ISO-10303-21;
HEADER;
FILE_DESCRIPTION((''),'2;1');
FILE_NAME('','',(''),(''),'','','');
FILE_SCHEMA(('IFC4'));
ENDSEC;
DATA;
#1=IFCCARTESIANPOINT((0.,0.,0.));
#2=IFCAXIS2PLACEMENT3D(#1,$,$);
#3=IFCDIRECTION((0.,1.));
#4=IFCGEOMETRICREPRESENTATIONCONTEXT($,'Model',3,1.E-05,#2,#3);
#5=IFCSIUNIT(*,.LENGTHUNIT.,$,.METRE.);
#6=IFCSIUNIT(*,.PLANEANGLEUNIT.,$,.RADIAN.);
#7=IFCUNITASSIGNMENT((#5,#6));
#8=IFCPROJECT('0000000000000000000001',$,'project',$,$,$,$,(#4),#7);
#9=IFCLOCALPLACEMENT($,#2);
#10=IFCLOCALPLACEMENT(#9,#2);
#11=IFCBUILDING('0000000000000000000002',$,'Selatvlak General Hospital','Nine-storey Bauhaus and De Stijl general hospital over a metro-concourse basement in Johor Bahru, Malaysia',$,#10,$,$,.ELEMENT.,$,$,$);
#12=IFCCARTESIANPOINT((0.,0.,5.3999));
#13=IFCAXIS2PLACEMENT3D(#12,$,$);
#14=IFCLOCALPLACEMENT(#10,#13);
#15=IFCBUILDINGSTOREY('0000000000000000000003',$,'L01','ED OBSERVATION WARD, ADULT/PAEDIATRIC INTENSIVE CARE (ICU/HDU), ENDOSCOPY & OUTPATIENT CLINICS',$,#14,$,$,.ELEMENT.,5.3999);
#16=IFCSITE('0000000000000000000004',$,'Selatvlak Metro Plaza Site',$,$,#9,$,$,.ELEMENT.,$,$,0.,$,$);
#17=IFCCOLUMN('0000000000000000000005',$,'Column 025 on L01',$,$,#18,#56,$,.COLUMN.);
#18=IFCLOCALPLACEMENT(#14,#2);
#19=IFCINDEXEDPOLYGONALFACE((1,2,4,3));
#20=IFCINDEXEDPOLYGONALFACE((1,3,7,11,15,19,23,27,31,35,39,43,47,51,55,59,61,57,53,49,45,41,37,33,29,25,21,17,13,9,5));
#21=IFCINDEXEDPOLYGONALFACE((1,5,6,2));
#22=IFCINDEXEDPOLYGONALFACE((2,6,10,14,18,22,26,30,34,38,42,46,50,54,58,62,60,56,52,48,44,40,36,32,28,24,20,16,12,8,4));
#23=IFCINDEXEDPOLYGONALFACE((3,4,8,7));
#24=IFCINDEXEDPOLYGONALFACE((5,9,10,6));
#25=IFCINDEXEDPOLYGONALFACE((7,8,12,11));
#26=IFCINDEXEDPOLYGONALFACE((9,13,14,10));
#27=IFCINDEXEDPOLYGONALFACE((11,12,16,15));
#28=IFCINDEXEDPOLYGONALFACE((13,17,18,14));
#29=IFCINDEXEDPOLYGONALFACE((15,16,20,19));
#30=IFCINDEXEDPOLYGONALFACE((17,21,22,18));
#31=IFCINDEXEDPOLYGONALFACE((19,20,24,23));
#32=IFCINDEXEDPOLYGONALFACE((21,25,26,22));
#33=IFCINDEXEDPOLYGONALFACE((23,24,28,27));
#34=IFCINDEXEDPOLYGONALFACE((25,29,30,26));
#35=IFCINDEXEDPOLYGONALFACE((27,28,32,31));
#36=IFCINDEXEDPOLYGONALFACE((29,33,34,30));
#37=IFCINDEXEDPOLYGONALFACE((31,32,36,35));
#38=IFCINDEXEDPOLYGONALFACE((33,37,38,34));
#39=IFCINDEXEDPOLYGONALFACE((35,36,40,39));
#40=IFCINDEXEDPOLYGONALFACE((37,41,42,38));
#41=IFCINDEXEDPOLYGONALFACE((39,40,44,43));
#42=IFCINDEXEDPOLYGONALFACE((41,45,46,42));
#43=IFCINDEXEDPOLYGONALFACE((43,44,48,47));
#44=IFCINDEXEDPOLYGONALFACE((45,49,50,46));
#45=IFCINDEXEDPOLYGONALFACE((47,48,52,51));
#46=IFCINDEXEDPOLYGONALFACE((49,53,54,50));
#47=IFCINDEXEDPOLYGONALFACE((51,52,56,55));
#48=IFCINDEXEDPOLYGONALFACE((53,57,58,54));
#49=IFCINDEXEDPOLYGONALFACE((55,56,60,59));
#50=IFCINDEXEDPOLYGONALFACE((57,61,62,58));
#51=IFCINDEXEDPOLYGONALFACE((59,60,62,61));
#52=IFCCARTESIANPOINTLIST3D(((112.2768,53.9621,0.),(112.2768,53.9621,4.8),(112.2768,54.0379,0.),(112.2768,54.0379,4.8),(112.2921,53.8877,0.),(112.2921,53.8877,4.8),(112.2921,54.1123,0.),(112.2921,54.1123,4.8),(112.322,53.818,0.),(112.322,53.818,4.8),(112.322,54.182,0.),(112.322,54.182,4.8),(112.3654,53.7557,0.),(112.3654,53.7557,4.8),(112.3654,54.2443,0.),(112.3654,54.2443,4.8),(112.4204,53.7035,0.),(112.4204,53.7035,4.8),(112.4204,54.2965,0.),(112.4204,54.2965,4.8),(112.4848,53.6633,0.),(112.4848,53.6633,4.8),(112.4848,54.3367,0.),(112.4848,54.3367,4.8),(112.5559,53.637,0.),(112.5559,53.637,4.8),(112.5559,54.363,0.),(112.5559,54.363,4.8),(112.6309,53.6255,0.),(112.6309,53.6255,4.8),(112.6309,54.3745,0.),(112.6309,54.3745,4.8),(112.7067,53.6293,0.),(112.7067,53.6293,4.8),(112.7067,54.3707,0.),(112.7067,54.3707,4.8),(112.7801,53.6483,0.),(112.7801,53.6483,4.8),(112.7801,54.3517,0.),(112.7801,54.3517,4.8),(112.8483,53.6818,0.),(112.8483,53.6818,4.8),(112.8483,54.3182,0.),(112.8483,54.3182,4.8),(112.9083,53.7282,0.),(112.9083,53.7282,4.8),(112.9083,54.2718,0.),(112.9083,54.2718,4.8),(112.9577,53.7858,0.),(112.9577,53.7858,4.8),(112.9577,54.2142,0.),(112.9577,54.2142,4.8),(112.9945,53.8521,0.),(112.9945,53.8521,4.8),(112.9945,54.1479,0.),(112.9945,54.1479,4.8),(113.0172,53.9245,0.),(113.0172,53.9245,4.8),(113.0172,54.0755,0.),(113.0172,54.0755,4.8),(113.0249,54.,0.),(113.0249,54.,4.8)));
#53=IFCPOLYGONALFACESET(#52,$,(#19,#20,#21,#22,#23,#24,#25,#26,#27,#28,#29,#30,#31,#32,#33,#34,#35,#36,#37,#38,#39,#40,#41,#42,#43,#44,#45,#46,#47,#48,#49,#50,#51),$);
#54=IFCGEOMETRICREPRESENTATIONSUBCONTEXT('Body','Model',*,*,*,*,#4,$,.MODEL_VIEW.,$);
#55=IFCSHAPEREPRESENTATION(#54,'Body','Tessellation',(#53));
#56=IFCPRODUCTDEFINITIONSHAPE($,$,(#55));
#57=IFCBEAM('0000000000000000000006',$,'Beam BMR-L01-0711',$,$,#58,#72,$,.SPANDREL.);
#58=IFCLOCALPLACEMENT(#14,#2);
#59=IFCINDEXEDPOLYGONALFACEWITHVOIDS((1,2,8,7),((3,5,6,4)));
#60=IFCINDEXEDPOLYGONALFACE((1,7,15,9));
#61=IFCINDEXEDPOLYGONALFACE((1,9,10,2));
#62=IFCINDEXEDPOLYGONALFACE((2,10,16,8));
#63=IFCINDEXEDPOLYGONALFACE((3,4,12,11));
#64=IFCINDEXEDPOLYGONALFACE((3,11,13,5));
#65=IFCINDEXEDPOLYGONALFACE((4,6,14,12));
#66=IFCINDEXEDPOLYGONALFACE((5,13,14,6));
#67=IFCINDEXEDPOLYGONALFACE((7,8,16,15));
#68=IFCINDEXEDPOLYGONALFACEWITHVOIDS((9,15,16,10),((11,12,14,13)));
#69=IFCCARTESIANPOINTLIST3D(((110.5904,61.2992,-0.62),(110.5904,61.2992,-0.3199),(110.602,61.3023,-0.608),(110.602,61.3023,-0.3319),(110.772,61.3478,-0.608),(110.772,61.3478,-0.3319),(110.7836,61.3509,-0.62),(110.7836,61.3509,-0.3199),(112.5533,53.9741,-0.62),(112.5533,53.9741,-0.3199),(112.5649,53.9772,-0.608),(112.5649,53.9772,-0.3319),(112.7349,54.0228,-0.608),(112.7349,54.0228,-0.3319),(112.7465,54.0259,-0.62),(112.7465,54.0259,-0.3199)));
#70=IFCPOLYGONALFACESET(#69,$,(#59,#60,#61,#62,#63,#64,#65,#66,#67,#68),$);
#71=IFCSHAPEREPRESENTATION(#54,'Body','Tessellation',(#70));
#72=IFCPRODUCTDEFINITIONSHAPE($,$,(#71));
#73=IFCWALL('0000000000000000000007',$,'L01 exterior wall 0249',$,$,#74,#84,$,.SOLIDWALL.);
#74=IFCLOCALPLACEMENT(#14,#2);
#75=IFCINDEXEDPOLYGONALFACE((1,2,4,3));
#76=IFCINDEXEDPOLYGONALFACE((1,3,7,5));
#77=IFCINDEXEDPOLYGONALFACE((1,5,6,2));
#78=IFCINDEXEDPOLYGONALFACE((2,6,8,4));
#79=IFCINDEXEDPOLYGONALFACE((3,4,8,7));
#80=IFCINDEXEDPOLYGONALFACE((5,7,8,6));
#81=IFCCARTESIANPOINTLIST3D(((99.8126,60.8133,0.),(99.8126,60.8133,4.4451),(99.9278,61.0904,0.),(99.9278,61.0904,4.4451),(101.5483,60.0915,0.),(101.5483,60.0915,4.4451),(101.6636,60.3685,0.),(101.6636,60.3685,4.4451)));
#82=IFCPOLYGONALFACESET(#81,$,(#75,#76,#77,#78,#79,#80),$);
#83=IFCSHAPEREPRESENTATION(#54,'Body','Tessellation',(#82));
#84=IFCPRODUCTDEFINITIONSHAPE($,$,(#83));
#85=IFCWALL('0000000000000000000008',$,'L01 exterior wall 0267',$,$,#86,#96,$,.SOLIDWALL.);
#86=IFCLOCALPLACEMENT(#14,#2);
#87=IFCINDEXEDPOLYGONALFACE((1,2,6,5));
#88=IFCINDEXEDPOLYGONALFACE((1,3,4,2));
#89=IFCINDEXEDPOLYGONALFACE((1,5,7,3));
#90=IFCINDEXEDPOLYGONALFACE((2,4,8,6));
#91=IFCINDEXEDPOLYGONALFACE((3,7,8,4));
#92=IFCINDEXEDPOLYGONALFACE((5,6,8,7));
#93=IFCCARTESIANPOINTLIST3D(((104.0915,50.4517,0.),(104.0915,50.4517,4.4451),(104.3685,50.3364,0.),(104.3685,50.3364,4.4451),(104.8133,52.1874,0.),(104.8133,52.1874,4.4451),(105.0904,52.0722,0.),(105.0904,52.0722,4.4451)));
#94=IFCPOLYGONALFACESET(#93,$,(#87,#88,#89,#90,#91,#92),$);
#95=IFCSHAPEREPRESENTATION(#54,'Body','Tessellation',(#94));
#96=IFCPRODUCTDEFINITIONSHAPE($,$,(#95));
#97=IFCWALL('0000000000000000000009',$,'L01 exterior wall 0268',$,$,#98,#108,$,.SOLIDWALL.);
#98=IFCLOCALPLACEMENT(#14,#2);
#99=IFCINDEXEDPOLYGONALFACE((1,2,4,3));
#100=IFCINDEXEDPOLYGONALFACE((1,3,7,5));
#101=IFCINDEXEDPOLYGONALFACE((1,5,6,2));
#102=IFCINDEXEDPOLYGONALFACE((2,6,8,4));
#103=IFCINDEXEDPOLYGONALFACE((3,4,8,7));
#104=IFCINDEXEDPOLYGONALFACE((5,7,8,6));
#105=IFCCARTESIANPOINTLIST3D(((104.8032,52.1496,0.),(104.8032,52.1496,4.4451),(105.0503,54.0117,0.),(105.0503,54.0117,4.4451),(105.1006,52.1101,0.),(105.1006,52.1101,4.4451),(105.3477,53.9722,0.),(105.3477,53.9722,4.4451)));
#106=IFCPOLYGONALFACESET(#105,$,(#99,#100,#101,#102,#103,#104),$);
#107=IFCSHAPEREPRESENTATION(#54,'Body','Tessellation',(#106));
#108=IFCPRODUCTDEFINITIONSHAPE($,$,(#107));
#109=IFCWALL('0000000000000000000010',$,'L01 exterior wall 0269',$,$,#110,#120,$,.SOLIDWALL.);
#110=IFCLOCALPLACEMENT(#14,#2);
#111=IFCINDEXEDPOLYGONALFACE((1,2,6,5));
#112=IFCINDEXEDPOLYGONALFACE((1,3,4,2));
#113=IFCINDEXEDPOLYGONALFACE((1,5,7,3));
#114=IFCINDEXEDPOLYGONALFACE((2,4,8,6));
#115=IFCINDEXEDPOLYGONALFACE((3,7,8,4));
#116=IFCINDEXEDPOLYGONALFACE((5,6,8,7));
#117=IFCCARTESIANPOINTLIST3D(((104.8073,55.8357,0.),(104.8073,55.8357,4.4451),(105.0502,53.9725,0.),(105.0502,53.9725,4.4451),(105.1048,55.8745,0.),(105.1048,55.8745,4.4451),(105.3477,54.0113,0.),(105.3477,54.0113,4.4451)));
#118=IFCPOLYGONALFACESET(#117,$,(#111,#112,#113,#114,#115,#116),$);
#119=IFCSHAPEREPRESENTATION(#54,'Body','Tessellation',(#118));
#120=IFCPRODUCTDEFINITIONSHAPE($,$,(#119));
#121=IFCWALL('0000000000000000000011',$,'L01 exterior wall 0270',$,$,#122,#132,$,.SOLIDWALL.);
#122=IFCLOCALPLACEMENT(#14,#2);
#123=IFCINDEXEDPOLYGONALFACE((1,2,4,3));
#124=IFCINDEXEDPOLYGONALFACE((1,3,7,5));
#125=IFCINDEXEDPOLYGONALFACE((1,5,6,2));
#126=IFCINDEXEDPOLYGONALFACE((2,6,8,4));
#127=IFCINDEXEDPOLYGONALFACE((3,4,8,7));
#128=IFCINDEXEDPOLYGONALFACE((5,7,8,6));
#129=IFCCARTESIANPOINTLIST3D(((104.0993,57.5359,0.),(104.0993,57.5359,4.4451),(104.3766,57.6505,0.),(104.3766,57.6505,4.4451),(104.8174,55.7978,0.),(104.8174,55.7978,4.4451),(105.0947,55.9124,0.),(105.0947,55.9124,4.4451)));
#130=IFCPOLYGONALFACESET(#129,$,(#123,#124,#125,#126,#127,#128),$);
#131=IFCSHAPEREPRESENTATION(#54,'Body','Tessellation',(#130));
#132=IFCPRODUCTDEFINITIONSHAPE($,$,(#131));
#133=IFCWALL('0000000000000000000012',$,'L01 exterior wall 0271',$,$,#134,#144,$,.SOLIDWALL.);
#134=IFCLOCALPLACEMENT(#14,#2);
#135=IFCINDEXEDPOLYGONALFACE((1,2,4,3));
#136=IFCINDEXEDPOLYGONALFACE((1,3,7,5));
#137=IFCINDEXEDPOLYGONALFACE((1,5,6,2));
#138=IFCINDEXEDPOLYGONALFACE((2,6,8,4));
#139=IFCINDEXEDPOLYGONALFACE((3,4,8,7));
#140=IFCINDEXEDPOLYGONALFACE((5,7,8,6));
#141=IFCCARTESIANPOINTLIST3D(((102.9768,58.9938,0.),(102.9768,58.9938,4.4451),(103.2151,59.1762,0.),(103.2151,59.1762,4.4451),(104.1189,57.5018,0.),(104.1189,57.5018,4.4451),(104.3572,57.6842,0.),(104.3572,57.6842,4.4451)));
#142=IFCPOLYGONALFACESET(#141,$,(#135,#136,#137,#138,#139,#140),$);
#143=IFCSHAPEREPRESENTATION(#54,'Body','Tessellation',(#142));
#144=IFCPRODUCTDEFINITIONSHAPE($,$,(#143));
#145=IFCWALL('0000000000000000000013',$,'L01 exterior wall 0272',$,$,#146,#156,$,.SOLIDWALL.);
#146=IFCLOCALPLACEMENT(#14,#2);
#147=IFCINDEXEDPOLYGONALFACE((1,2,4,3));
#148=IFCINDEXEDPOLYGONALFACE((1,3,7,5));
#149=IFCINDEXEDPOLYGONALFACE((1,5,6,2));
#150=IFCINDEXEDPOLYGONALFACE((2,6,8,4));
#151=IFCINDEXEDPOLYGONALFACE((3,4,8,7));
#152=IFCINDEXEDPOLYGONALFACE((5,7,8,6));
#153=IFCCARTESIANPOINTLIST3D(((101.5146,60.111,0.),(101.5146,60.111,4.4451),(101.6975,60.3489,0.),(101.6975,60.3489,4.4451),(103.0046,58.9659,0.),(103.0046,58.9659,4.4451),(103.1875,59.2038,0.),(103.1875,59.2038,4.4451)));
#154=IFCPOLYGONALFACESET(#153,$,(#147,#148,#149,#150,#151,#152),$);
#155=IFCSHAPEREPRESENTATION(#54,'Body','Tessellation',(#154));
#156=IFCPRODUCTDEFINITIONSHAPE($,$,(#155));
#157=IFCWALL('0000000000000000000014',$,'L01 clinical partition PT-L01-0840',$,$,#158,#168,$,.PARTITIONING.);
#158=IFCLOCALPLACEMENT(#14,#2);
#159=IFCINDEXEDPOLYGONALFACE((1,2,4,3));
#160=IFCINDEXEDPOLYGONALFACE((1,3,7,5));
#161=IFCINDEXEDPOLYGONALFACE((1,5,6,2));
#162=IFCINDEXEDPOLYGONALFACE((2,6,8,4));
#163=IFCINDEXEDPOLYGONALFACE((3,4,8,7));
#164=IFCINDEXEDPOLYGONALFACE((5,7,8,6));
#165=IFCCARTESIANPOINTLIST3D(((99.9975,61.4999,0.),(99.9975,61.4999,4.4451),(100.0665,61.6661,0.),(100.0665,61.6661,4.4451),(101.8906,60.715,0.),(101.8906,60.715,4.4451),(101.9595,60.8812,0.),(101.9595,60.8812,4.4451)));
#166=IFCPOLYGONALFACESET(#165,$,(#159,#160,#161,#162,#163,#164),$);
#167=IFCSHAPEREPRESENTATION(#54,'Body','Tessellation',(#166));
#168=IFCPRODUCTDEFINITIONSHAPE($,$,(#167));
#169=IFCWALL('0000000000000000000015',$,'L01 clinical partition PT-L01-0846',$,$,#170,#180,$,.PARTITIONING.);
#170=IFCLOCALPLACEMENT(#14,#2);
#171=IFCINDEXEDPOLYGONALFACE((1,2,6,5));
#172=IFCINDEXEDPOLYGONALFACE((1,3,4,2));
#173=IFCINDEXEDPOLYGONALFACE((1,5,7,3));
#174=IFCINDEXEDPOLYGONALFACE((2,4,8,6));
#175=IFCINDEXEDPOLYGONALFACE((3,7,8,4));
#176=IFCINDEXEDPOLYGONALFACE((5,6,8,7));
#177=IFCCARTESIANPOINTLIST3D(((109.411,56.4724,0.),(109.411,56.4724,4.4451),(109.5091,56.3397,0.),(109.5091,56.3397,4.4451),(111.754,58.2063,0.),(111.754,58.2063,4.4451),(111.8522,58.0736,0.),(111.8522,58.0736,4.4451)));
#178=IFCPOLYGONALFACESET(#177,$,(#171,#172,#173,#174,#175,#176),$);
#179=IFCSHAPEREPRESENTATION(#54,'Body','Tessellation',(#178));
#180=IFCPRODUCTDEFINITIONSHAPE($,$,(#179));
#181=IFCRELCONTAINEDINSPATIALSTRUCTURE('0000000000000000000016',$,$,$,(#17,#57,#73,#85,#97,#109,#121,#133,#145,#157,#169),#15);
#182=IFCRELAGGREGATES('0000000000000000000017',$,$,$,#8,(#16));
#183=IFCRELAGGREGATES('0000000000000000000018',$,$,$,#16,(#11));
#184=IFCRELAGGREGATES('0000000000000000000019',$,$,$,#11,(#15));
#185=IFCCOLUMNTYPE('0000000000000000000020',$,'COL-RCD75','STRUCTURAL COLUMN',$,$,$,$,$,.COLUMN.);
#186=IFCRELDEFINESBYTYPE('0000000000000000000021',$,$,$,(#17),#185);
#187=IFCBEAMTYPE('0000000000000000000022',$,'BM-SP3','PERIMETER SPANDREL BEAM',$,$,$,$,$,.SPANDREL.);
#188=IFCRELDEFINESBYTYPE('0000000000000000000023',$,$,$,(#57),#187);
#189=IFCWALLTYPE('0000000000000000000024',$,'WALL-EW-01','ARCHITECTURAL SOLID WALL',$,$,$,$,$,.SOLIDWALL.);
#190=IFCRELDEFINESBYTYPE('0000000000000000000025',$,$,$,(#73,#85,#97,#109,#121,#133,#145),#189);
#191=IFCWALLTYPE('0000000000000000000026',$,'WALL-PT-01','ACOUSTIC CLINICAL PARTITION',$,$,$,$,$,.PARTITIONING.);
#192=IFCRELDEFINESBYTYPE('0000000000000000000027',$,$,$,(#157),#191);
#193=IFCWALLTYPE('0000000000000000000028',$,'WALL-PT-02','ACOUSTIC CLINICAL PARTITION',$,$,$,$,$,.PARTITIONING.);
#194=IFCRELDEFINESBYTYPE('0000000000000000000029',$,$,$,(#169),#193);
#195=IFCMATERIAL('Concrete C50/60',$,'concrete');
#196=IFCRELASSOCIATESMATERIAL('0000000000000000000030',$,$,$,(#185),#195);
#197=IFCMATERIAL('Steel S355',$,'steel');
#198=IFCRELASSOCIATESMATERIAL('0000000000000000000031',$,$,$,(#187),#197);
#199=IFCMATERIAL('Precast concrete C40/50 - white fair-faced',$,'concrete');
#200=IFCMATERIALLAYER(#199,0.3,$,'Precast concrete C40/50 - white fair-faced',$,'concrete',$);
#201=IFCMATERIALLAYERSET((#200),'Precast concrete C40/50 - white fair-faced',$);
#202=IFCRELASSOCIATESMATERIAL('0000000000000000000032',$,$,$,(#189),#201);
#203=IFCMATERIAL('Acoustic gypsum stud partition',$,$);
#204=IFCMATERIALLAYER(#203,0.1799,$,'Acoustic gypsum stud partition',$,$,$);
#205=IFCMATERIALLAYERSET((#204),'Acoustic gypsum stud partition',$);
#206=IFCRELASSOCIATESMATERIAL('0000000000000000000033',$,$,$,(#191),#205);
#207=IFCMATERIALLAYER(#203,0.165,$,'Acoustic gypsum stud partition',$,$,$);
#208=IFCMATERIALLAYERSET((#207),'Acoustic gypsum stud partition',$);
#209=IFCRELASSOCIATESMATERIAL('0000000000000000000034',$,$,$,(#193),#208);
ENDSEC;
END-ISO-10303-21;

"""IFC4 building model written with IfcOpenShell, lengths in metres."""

from ifc_helpers import new_model, si_unit, direction, frame, frame_2d, origin, origin_2d, place, context, subcontext, project, spatial, rectangle, hollow_rectangle, circle, extrude, material, layer, layer_set, material_profile, profile_set, type_object, element, save


model = new_model("IFC4")

# Units and contexts
model_context = context("Model", 3, precision=1e-05, world=origin(), true_north=direction((0.0, 1.0)))
body_context = subcontext(model_context, "Body", "Model", "MODEL_VIEW")
ifc_project = project(units=[si_unit("LENGTHUNIT", "METRE"), si_unit("PLANEANGLEUNIT", "RADIAN")], contexts=[model_context])

# Site, building, storey
site_placement = place(None, origin())
site = spatial("IfcSite", under=ifc_project, at=site_placement, Name="Selatvlak Metro Plaza Site", CompositionType="ELEMENT", RefElevation=0.0)
building_placement = place(site_placement, origin())
building = spatial("IfcBuilding", under=site, at=building_placement, Name="Selatvlak General Hospital", Description="Nine-storey Bauhaus and De Stijl general hospital over a metro-concourse basement in Johor Bahru, Malaysia", CompositionType="ELEMENT")
storey_placement = place(building_placement, frame((0.0, 0.0, 5.3999)))
storey = spatial("IfcBuildingStorey", under=building, at=storey_placement, Name="L01", Description="ED OBSERVATION WARD, ADULT/PAEDIATRIC INTENSIVE CARE (ICU/HDU), ENDOSCOPY & OUTPATIENT CLINICS", CompositionType="ELEMENT", Elevation=5.3999)

# Column
ifc_material_1 = material(Name="Concrete C50/60", Category="concrete")
ifc_material_profile_1 = material_profile(ifc_material_1, circle(Radius=0.375, at=origin_2d()), Name="RC-COL D750")
ifc_profile_set_1 = profile_set([ifc_material_profile_1], Name="Concrete C50/60")
column_type = type_object("IfcColumnType", Name="COL-RCD75", Description="STRUCTURAL COLUMN", PredefinedType="COLUMN", material=ifc_profile_set_1)
column_placement = place(storey_placement, frame((112.6499, 54.0, 0.0), z_axis=(0.0, 0.0, 1.0), x_axis=(1.0, 0.0, 0.0)))
element("IfcColumn", 1, at=column_placement, inside=storey, type_object=column_type, Name="Column 025 on L01", PredefinedType="COLUMN", context=body_context, shape_type="SweptSolid", body=[
    extrude(circle(Radius=0.375, at=origin_2d()), origin(), (0.0, 0.0, 1.0), 4.8),
])

# Beam
ifc_material_2 = material(Name="Steel S355", Category="steel")
ifc_material_profile_2 = material_profile(ifc_material_2, hollow_rectangle(XDim=0.2, YDim=0.3, WallThickness=0.012, at=origin_2d()), Name="RHS 300x200x12")
ifc_profile_set_2 = profile_set([ifc_material_profile_2], Name="Steel S355")
beam_type = type_object("IfcBeamType", Name="BM-SP3", Description="PERIMETER SPANDREL BEAM", PredefinedType="SPANDREL", material=ifc_profile_set_2)
beam_placement = place(storey_placement, frame((112.6499, 54.0, -0.47), z_axis=(-0.258841, 0.96592, 0.0), x_axis=(-0.96592, -0.258841, 0.0)))
element("IfcBeam", 2, at=beam_placement, inside=storey, type_object=beam_type, Name="Beam BMR-L01-0711", PredefinedType="SPANDREL", context=body_context, shape_type="SweptSolid", body=[
    extrude(hollow_rectangle(XDim=0.2, YDim=0.3, WallThickness=0.012, at=origin_2d()), origin(), (0.0, 0.0, 1.0), 7.5835),
])

# Walls
ifc_material_3 = material(Name="Precast concrete C40/50 - white fair-faced", Category="concrete")
ifc_layer_1 = layer(ifc_material_3, 0.3, Name="Precast concrete C40/50 - white fair-faced", Category="concrete")
ifc_layer_set_1 = layer_set([ifc_layer_1], Name="Precast concrete C40/50 - white fair-faced")
wall_type_1 = type_object("IfcWallType", Name="WALL-EW-01", Description="ARCHITECTURAL SOLID WALL", PredefinedType="SOLIDWALL", material=ifc_layer_set_1)
for number, where, z_axis, x_axis, name in (
    (3, (101.606, 60.23, 0.0), (0.0, 0.0, 1.0), (-0.92333, 0.384007, 0.0), "L01 exterior wall 0249"),
    (4, (104.23, 50.394, 0.0), (0.0, 0.0, 1.0), (0.384007, 0.92333, 0.0), "L01 exterior wall 0267"),
):
    element("IfcWall", number, at=place(storey_placement, frame(where, z_axis=z_axis, x_axis=x_axis)), inside=storey, type_object=wall_type_1, Name=name, PredefinedType="SOLIDWALL", context=body_context, shape_type="SweptSolid", body=[
        extrude(rectangle(XDim=1.8799, YDim=0.3, at=frame_2d((0.9399, 0.0))), origin(), (0.0, 0.0, 1.0), 4.4451),
    ])
wall_1_placement = place(storey_placement, frame((104.9519, 52.1299, 0.0), z_axis=(0.0, 0.0, 1.0), x_axis=(0.131534, 0.991312, 0.0)))
element("IfcWall", 5, at=wall_1_placement, inside=storey, type_object=wall_type_1, Name="L01 exterior wall 0268", PredefinedType="SOLIDWALL", context=body_context, shape_type="SweptSolid", body=[
    extrude(rectangle(XDim=1.8784, YDim=0.3, at=frame_2d((0.9392, 0.0))), origin(), (0.0, 0.0, 1.0), 4.4451),
])
wall_2_placement = place(storey_placement, frame((105.199, 53.9919, 0.0), z_axis=(0.0, 0.0, 1.0), x_axis=(-0.129295, 0.991606, 0.0)))
element("IfcWall", 6, at=wall_2_placement, inside=storey, type_object=wall_type_1, Name="L01 exterior wall 0269", PredefinedType="SOLIDWALL", context=body_context, shape_type="SweptSolid", body=[
    extrude(rectangle(XDim=1.8789, YDim=0.3, at=frame_2d((0.9395, 0.0))), origin(), (0.0, 0.0, 1.0), 4.4451),
])
wall_3_placement = place(storey_placement, frame((104.9561, 55.855, 0.0), z_axis=(0.0, 0.0, 1.0), x_axis=(-0.38182, 0.924237, 0.0)))
element("IfcWall", 7, at=wall_3_placement, inside=storey, type_object=wall_type_1, Name="L01 exterior wall 0270", PredefinedType="SOLIDWALL", context=body_context, shape_type="SweptSolid", body=[
    extrude(rectangle(XDim=1.8806, YDim=0.3, at=frame_2d((0.9404, 0.0))), origin(), (0.0, 0.0, 1.0), 4.4451),
])
wall_4_placement = place(storey_placement, frame((104.238, 57.593, 0.0), z_axis=(0.0, 0.0, 1.0), x_axis=(-0.60785, 0.794052, 0.0)))
element("IfcWall", 8, at=wall_4_placement, inside=storey, type_object=wall_type_1, Name="L01 exterior wall 0271", PredefinedType="SOLIDWALL", context=body_context, shape_type="SweptSolid", body=[
    extrude(rectangle(XDim=1.8789, YDim=0.3, at=frame_2d((0.9395, 0.0))), origin(), (0.0, 0.0, 1.0), 4.4451),
])
wall_5_placement = place(storey_placement, frame((103.0959, 59.085, 0.0), z_axis=(0.0, 0.0, 1.0), x_axis=(-0.792914, 0.609334, 0.0)))
element("IfcWall", 9, at=wall_5_placement, inside=storey, type_object=wall_type_1, Name="L01 exterior wall 0272", PredefinedType="SOLIDWALL", context=body_context, shape_type="SweptSolid", body=[
    extrude(rectangle(XDim=1.8792, YDim=0.3, at=frame_2d((0.9395, 0.0))), origin(), (0.0, 0.0, 1.0), 4.4451),
])
ifc_material_4 = material(Name="Acoustic gypsum stud partition")
ifc_layer_2 = layer(ifc_material_4, 0.1799, Name="Acoustic gypsum stud partition")
ifc_layer_set_2 = layer_set([ifc_layer_2], Name="Acoustic gypsum stud partition")
wall_type_2 = type_object("IfcWallType", Name="WALL-PT-01", Description="ACOUSTIC CLINICAL PARTITION", PredefinedType="PARTITIONING", material=ifc_layer_set_2)
wall_6_placement = place(storey_placement, frame((101.925, 60.7981, 0.0), z_axis=(0.0, 0.0, 1.0), x_axis=(-0.923745, 0.383008, 0.0)))
element("IfcWall", 10, at=wall_6_placement, inside=storey, type_object=wall_type_2, Name="L01 clinical partition PT-L01-0840", PredefinedType="PARTITIONING", context=body_context, shape_type="SweptSolid", body=[
    extrude(rectangle(XDim=2.0493, YDim=0.1799, at=frame_2d((1.0247, 0.0))), origin(), (0.0, 0.0, 1.0), 4.4451),
])
ifc_layer_3 = layer(ifc_material_4, 0.165, Name="Acoustic gypsum stud partition")
ifc_layer_set_3 = layer_set([ifc_layer_3], Name="Acoustic gypsum stud partition")
wall_type_3 = type_object("IfcWallType", Name="WALL-PT-02", Description="ACOUSTIC CLINICAL PARTITION", PredefinedType="PARTITIONING", material=ifc_layer_set_3)
wall_7_placement = place(storey_placement, frame((109.46, 56.406, 0.0), z_axis=(0.0, 0.0, 1.0), x_axis=(0.803833, 0.594855, 0.0)))
element("IfcWall", 11, at=wall_7_placement, inside=storey, type_object=wall_type_3, Name="L01 clinical partition PT-L01-0846", PredefinedType="PARTITIONING", context=body_context, shape_type="SweptSolid", body=[
    extrude(rectangle(XDim=2.9148, YDim=0.165, at=frame_2d((1.4575, 0.0))), origin(), (0.0, 0.0, 1.0), 4.4451),
])

save(model, "model.ifc")
